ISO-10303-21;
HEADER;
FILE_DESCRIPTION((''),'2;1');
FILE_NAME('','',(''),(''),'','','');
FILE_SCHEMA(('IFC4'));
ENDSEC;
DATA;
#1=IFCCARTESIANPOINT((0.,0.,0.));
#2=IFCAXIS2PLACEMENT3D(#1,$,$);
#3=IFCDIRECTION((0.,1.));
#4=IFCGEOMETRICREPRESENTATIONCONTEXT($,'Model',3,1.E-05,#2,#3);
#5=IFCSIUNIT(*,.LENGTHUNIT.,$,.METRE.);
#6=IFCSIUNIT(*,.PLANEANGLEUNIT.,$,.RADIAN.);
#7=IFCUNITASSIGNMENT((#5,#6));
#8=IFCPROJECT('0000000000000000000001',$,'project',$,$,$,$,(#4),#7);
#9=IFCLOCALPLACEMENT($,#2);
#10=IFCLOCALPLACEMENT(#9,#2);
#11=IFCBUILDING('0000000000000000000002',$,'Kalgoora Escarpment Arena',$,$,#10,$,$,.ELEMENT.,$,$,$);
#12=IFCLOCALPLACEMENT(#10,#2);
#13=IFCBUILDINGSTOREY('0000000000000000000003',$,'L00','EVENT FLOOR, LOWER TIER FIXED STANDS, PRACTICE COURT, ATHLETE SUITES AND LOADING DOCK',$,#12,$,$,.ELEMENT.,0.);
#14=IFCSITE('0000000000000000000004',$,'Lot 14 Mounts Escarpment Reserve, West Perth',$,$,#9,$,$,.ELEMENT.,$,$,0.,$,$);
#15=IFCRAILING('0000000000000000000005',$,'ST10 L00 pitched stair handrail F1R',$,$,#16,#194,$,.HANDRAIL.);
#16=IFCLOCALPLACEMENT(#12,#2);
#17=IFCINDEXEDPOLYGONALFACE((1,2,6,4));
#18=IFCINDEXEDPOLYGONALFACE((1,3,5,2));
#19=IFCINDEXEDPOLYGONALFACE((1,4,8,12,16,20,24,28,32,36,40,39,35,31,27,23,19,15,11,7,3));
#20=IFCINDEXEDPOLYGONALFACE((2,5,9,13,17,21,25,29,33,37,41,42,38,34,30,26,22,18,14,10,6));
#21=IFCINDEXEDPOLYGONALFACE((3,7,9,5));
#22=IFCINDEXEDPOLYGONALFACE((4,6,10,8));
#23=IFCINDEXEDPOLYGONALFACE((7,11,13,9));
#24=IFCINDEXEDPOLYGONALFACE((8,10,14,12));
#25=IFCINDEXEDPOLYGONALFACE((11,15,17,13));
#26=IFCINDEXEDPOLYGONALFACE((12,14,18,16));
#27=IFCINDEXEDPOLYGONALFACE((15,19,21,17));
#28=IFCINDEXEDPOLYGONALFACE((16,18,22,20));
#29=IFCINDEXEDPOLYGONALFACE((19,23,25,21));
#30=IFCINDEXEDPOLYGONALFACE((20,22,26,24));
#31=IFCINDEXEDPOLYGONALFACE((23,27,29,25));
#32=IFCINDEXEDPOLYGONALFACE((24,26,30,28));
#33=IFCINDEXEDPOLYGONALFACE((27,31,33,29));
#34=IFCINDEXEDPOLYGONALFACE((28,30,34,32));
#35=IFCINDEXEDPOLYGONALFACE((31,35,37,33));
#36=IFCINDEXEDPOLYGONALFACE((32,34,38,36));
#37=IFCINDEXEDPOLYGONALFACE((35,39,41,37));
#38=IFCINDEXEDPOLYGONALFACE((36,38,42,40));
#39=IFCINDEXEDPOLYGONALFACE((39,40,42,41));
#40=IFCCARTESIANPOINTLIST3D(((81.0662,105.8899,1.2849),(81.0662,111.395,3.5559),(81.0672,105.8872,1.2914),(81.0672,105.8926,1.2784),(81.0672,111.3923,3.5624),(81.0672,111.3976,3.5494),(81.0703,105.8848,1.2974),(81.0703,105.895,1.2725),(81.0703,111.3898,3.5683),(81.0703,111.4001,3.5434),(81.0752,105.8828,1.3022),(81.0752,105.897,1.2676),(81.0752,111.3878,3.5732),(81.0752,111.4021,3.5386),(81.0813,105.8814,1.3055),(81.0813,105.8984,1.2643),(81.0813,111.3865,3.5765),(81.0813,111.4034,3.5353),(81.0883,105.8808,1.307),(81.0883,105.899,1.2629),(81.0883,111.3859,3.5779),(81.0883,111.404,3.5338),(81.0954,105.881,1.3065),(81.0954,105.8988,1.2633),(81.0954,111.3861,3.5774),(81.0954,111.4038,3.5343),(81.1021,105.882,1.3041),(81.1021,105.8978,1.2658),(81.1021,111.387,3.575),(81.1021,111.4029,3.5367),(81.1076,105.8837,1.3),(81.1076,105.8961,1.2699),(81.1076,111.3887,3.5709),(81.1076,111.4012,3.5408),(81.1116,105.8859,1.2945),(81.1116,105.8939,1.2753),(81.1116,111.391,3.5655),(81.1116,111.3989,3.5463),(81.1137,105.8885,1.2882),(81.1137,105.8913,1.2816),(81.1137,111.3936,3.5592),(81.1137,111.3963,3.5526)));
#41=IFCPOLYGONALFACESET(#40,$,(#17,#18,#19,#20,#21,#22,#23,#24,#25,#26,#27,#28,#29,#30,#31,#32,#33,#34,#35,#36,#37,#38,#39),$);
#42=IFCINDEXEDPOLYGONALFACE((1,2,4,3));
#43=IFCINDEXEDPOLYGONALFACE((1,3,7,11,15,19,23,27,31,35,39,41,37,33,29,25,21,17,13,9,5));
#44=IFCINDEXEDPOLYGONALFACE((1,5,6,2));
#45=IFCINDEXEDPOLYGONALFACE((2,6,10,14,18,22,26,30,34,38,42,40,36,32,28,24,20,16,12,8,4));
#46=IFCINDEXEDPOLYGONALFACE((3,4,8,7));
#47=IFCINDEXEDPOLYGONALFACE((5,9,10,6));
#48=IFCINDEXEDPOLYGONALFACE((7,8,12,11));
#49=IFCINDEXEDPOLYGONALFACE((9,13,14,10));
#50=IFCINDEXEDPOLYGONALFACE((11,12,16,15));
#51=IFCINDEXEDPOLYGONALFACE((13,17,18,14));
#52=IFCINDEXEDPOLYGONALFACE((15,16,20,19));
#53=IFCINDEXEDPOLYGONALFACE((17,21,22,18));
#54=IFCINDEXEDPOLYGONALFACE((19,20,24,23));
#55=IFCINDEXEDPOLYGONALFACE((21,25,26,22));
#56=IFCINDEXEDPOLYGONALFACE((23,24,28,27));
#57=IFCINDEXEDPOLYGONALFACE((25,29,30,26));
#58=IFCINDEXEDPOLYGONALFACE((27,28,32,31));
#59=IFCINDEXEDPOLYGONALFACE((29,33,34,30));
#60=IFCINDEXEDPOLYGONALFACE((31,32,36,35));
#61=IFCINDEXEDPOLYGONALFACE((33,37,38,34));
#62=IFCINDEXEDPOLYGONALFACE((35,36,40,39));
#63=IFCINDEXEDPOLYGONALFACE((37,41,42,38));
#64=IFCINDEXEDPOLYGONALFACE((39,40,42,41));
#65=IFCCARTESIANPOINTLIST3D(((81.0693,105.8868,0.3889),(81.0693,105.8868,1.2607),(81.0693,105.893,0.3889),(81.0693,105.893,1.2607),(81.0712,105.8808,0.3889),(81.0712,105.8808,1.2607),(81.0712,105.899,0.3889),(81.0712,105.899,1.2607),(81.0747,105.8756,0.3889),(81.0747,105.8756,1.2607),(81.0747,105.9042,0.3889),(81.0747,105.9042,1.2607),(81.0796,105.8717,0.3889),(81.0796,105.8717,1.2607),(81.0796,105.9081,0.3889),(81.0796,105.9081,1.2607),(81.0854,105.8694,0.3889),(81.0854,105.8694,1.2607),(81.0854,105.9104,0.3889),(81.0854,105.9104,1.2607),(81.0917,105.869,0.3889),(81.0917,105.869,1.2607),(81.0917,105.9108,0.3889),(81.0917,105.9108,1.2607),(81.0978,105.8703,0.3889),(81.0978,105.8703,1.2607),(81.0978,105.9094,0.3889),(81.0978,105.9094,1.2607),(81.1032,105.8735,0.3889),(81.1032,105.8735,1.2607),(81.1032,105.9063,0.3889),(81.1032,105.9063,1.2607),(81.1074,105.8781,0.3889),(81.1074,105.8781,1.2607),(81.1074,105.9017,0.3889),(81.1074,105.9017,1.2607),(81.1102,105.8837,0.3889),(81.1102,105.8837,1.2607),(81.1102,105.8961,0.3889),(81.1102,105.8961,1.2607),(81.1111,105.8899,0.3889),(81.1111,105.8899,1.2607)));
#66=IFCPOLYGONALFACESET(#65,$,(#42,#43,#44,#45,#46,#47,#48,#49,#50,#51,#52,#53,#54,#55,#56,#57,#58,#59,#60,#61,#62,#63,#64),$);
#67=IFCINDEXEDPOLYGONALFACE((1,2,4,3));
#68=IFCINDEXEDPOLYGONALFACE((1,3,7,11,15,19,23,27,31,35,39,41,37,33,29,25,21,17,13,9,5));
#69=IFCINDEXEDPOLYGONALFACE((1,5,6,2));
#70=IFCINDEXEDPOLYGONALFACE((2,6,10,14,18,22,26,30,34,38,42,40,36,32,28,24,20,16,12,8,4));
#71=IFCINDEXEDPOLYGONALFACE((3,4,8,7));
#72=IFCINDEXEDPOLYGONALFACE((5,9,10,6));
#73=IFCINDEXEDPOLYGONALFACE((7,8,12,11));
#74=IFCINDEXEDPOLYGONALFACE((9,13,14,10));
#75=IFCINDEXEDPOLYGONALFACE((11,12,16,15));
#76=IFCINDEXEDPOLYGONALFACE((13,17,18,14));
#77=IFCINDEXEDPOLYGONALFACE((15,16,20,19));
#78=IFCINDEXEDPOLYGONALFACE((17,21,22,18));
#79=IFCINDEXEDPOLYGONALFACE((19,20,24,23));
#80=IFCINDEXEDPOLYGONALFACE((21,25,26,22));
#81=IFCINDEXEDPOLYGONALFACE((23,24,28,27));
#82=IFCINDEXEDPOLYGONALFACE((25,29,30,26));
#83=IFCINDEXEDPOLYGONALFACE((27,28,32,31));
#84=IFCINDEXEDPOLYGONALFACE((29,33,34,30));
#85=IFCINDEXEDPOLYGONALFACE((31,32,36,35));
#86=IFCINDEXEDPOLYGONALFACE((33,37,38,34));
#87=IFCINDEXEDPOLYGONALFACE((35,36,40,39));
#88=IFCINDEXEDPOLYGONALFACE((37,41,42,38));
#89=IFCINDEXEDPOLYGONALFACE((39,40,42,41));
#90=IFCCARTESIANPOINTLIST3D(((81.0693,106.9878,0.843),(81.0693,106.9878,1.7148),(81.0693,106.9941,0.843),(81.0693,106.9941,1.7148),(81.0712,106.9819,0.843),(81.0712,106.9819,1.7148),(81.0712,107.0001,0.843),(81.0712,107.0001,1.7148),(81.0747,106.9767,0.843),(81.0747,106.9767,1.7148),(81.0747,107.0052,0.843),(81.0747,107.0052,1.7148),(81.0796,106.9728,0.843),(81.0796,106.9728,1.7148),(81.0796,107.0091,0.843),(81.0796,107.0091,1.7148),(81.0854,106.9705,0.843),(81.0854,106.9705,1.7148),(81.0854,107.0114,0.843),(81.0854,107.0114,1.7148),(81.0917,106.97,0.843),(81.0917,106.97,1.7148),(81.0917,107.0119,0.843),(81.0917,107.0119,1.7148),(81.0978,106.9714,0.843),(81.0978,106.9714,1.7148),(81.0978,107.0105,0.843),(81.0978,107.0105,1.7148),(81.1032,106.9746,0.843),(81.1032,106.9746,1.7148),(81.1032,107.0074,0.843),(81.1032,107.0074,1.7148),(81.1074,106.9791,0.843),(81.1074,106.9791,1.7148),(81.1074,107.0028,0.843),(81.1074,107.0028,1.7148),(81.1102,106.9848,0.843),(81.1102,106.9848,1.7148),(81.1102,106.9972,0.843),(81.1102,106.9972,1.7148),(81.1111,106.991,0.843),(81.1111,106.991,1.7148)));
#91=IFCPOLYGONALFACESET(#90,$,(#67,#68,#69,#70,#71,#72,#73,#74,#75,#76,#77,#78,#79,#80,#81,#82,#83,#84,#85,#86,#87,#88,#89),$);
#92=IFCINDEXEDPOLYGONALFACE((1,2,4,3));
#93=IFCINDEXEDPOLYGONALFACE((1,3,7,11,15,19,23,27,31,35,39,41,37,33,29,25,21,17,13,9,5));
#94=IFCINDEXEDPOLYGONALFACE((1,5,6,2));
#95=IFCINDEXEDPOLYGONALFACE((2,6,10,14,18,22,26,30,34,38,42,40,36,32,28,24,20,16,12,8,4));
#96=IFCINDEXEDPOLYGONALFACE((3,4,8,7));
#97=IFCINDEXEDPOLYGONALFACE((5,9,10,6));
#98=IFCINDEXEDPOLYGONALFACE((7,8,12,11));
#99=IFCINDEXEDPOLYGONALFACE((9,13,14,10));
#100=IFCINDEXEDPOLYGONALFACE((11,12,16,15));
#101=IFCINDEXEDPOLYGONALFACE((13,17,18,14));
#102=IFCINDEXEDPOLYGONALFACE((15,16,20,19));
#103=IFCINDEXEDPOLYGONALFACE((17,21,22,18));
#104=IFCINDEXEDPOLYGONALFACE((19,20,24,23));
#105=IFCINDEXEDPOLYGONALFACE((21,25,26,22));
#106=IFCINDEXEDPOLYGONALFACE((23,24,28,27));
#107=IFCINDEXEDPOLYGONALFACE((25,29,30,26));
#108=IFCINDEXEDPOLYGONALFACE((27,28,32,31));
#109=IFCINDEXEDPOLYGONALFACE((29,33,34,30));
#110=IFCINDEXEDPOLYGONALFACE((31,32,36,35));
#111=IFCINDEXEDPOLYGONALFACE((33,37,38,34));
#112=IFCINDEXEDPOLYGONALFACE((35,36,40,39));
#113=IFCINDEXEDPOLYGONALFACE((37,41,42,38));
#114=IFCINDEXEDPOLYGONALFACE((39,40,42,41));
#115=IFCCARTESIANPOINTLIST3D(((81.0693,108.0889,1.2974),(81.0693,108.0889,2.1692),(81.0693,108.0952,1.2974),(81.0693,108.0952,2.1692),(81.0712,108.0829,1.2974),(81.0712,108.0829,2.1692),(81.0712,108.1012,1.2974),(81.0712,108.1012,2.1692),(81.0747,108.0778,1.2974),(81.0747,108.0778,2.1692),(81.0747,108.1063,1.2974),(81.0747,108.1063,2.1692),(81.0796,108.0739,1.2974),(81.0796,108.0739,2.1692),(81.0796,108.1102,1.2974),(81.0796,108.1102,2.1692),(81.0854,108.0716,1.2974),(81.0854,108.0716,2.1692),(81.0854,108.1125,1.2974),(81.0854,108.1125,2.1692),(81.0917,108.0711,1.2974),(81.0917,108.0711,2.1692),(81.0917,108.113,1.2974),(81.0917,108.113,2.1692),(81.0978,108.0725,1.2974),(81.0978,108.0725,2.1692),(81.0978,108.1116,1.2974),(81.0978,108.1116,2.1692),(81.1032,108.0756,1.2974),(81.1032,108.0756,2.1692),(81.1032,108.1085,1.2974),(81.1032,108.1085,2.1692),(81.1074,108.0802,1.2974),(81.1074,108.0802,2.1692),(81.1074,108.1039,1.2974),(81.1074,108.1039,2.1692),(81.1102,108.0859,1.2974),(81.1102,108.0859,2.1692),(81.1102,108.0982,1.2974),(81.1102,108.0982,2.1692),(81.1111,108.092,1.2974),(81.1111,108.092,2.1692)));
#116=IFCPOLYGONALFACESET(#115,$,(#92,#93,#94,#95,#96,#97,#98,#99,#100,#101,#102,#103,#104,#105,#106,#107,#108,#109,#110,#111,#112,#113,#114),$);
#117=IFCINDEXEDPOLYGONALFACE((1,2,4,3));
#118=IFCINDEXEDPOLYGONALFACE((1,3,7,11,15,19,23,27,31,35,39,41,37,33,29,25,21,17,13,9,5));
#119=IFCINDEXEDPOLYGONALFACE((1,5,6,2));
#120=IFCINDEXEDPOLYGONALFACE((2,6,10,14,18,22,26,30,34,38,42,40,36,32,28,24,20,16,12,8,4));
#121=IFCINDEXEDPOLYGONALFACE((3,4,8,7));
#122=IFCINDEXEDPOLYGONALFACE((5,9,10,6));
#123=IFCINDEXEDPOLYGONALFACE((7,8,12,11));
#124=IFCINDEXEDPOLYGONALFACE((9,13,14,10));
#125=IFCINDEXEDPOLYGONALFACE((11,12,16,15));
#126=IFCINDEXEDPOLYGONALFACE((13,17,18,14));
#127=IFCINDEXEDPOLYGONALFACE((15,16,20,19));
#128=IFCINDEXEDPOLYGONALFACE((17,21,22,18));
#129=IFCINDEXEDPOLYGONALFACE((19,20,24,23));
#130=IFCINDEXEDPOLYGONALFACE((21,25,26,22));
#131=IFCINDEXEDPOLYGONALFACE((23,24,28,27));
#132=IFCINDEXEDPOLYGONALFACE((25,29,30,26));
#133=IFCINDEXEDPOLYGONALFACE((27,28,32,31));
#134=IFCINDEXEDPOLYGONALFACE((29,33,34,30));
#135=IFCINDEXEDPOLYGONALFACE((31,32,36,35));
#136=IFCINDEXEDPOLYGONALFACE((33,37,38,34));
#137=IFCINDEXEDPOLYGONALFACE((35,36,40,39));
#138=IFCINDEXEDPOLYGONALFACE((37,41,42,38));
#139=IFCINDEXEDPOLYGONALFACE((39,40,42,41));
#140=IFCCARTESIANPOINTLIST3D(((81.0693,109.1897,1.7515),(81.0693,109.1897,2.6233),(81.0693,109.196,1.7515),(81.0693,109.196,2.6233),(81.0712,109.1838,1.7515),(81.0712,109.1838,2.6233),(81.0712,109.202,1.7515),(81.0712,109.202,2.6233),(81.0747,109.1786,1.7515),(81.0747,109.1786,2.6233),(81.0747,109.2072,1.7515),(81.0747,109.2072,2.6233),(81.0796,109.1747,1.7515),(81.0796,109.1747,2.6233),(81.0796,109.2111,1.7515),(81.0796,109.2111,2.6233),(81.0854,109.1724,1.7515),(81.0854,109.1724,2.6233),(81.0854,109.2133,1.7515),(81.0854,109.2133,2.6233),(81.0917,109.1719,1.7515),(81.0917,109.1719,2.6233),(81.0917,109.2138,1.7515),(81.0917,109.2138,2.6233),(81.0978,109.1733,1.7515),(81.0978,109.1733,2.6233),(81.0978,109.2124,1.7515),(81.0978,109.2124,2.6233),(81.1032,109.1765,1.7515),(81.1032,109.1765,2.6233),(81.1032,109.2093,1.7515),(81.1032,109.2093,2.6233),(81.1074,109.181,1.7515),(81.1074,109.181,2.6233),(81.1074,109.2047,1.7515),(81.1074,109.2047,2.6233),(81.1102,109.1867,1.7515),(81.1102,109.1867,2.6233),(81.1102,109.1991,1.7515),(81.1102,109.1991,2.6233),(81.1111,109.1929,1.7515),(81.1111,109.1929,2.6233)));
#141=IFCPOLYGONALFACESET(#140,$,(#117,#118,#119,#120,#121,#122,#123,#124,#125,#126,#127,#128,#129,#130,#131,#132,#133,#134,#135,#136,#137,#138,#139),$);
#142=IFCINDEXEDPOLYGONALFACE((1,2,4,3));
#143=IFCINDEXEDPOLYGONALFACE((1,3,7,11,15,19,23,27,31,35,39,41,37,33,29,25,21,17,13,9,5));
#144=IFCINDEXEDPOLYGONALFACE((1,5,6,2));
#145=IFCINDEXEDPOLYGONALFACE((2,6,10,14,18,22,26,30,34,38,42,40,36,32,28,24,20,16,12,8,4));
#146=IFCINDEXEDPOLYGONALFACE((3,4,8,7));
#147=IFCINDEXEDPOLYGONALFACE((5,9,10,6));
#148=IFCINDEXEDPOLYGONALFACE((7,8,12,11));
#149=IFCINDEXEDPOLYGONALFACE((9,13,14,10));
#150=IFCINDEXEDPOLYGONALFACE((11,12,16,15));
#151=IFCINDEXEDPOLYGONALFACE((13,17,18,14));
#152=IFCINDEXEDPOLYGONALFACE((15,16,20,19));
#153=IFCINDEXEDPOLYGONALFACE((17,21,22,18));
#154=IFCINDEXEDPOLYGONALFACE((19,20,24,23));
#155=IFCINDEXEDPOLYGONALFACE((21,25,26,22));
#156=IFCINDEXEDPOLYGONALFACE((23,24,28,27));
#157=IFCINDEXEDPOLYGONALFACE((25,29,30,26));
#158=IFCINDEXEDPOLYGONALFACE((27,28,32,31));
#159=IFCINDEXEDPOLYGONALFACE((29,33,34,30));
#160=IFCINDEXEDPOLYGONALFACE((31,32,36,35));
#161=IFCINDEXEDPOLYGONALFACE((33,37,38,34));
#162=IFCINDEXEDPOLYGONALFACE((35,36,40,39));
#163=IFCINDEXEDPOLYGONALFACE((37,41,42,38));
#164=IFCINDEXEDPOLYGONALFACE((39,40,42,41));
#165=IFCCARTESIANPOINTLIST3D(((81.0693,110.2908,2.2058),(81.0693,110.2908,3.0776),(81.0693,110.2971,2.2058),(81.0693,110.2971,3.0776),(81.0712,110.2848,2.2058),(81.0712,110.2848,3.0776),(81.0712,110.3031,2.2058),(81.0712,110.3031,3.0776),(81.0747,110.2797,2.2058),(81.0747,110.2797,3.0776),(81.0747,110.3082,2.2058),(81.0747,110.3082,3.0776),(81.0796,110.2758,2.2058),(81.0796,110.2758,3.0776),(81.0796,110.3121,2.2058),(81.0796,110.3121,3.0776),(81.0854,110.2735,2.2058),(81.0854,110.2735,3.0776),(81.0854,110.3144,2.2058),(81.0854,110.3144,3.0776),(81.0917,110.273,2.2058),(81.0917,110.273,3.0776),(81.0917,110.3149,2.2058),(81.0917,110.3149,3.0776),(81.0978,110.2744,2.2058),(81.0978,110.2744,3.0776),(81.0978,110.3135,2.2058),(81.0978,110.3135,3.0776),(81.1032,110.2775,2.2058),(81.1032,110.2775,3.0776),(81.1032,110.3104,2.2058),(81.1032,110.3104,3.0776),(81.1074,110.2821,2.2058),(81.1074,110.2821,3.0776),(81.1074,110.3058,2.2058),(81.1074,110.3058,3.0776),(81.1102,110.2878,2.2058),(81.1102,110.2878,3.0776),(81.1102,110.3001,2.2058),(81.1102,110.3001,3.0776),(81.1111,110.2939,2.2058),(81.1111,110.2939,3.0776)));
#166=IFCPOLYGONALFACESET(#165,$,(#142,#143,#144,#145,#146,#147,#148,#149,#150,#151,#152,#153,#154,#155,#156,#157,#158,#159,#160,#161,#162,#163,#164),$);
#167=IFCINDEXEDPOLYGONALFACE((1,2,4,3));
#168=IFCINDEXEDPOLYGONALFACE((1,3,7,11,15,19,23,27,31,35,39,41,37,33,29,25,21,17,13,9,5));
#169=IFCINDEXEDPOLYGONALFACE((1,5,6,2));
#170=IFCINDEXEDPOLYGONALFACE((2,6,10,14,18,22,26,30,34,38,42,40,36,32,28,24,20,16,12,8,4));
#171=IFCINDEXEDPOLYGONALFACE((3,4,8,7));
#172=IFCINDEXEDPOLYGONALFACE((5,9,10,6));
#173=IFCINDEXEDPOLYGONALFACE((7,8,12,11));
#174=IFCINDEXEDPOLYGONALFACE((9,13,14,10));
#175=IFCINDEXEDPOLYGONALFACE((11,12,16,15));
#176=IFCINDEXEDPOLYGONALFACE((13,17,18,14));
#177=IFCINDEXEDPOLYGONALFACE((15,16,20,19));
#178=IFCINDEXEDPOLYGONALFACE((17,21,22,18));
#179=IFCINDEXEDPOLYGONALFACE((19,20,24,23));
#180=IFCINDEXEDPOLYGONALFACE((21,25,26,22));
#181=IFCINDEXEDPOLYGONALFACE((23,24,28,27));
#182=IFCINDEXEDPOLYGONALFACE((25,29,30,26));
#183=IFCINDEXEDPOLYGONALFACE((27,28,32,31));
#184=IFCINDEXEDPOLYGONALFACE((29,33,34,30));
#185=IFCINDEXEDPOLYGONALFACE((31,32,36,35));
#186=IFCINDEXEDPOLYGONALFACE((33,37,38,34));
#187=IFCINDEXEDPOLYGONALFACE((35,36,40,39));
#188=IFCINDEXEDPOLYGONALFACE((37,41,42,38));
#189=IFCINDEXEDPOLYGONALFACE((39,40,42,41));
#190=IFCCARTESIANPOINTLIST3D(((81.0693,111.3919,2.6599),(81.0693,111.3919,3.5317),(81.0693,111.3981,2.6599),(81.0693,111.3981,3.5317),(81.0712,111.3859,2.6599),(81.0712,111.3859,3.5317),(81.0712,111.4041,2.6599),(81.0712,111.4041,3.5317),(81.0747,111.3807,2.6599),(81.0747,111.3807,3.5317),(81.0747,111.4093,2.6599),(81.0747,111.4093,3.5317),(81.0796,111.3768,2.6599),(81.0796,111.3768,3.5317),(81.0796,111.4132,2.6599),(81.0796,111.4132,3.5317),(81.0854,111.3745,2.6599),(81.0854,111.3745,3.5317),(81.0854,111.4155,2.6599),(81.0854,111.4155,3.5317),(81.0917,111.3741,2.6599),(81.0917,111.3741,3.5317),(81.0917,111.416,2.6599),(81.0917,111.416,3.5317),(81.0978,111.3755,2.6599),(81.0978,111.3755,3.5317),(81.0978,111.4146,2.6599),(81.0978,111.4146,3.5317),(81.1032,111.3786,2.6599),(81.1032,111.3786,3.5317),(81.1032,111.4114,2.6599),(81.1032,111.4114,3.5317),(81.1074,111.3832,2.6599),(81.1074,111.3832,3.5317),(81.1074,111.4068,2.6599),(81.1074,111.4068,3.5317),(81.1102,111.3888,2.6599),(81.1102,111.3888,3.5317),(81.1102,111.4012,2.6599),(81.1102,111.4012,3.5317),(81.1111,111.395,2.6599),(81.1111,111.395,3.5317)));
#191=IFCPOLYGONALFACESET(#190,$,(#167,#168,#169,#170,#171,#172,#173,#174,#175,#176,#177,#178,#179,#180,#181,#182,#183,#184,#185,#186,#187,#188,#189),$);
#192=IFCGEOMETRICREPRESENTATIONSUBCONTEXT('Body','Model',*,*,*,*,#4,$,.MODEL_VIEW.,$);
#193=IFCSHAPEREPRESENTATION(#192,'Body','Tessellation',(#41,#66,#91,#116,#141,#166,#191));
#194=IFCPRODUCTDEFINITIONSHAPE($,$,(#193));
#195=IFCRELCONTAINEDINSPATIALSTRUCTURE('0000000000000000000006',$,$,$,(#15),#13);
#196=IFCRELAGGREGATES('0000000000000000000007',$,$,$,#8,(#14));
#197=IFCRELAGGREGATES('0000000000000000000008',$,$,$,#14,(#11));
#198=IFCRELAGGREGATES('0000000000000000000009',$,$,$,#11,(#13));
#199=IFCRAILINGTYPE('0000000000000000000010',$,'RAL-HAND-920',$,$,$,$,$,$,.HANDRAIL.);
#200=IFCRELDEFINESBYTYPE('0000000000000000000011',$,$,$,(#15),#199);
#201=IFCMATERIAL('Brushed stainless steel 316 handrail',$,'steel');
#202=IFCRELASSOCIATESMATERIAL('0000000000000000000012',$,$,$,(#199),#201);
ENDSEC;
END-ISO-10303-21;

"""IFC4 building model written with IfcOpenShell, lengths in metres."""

from ifc_helpers import new_model, si_unit, direction, frame, origin, origin_2d, place, context, subcontext, project, spatial, circle, extrude, material, type_object, element, save


model = new_model("IFC4")

# Units and contexts
model_context = context("Model", 3, precision=1e-05, world=origin(), true_north=direction((0.0, 1.0)))
body_context = subcontext(model_context, "Body", "Model", "MODEL_VIEW")
ifc_project = project(units=[si_unit("LENGTHUNIT", "METRE"), si_unit("PLANEANGLEUNIT", "RADIAN")], contexts=[model_context])

# Site, building, storey
site_placement = place(None, origin())
site = spatial("IfcSite", under=ifc_project, at=site_placement, Name="Lot 14 Mounts Escarpment Reserve, West Perth", CompositionType="ELEMENT", RefElevation=0.0)
building_placement = place(site_placement, origin())
building = spatial("IfcBuilding", under=site, at=building_placement, Name="Kalgoora Escarpment Arena", CompositionType="ELEMENT")
storey_placement = place(building_placement, origin())
storey = spatial("IfcBuildingStorey", under=building, at=storey_placement, Name="L00", Description="EVENT FLOOR, LOWER TIER FIXED STANDS, PRACTICE COURT, ATHLETE SUITES AND LOADING DOCK", CompositionType="ELEMENT", Elevation=0.0)

# Railing
ifc_material_1 = material(Name="Brushed stainless steel 316 handrail", Category="steel")
railing_type = type_object("IfcRailingType", Name="RAL-HAND-920", PredefinedType="HANDRAIL", material=ifc_material_1)
for number, where, name in (
    (1, (81.0901, 105.8899, 0.3889), "ST10 L00 pitched stair handrail F1R"),
):
    element("IfcRailing", number, at=place(storey_placement, frame(where)), inside=storey, type_object=railing_type, Name=name, PredefinedType="HANDRAIL", context=body_context, shape_type="SweptSolid", body=[
        extrude(circle(Radius=0.0239, at=origin_2d()), frame((0.0, 0.0, 0.896), z_axis=(0.0, 0.924431, 0.38135), x_axis=(-1.0, 0.0, 0.0)), (0.0, 0.0, 1.0), 5.9551),
        extrude(circle(Radius=0.021, at=origin_2d()), origin(), (0.0, 0.0, 1.0), 0.8718),
        extrude(circle(Radius=0.021, at=origin_2d()), frame((0.0, 1.1011, 0.4541)), (0.0, 0.0, 1.0), 0.8718),
        extrude(circle(Radius=0.021, at=origin_2d()), frame((0.0, 2.2021, 0.9084)), (0.0, 0.0, 1.0), 0.8718),
        extrude(circle(Radius=0.021, at=origin_2d()), frame((0.0, 3.303, 1.3625)), (0.0, 0.0, 1.0), 0.8718),
        extrude(circle(Radius=0.021, at=origin_2d()), frame((0.0, 4.4041, 1.8169)), (0.0, 0.0, 1.0), 0.8718),
        extrude(circle(Radius=0.021, at=origin_2d()), frame((0.0, 5.5051, 2.271)), (0.0, 0.0, 1.0), 0.8718),
    ])

save(model, "model.ifc")
